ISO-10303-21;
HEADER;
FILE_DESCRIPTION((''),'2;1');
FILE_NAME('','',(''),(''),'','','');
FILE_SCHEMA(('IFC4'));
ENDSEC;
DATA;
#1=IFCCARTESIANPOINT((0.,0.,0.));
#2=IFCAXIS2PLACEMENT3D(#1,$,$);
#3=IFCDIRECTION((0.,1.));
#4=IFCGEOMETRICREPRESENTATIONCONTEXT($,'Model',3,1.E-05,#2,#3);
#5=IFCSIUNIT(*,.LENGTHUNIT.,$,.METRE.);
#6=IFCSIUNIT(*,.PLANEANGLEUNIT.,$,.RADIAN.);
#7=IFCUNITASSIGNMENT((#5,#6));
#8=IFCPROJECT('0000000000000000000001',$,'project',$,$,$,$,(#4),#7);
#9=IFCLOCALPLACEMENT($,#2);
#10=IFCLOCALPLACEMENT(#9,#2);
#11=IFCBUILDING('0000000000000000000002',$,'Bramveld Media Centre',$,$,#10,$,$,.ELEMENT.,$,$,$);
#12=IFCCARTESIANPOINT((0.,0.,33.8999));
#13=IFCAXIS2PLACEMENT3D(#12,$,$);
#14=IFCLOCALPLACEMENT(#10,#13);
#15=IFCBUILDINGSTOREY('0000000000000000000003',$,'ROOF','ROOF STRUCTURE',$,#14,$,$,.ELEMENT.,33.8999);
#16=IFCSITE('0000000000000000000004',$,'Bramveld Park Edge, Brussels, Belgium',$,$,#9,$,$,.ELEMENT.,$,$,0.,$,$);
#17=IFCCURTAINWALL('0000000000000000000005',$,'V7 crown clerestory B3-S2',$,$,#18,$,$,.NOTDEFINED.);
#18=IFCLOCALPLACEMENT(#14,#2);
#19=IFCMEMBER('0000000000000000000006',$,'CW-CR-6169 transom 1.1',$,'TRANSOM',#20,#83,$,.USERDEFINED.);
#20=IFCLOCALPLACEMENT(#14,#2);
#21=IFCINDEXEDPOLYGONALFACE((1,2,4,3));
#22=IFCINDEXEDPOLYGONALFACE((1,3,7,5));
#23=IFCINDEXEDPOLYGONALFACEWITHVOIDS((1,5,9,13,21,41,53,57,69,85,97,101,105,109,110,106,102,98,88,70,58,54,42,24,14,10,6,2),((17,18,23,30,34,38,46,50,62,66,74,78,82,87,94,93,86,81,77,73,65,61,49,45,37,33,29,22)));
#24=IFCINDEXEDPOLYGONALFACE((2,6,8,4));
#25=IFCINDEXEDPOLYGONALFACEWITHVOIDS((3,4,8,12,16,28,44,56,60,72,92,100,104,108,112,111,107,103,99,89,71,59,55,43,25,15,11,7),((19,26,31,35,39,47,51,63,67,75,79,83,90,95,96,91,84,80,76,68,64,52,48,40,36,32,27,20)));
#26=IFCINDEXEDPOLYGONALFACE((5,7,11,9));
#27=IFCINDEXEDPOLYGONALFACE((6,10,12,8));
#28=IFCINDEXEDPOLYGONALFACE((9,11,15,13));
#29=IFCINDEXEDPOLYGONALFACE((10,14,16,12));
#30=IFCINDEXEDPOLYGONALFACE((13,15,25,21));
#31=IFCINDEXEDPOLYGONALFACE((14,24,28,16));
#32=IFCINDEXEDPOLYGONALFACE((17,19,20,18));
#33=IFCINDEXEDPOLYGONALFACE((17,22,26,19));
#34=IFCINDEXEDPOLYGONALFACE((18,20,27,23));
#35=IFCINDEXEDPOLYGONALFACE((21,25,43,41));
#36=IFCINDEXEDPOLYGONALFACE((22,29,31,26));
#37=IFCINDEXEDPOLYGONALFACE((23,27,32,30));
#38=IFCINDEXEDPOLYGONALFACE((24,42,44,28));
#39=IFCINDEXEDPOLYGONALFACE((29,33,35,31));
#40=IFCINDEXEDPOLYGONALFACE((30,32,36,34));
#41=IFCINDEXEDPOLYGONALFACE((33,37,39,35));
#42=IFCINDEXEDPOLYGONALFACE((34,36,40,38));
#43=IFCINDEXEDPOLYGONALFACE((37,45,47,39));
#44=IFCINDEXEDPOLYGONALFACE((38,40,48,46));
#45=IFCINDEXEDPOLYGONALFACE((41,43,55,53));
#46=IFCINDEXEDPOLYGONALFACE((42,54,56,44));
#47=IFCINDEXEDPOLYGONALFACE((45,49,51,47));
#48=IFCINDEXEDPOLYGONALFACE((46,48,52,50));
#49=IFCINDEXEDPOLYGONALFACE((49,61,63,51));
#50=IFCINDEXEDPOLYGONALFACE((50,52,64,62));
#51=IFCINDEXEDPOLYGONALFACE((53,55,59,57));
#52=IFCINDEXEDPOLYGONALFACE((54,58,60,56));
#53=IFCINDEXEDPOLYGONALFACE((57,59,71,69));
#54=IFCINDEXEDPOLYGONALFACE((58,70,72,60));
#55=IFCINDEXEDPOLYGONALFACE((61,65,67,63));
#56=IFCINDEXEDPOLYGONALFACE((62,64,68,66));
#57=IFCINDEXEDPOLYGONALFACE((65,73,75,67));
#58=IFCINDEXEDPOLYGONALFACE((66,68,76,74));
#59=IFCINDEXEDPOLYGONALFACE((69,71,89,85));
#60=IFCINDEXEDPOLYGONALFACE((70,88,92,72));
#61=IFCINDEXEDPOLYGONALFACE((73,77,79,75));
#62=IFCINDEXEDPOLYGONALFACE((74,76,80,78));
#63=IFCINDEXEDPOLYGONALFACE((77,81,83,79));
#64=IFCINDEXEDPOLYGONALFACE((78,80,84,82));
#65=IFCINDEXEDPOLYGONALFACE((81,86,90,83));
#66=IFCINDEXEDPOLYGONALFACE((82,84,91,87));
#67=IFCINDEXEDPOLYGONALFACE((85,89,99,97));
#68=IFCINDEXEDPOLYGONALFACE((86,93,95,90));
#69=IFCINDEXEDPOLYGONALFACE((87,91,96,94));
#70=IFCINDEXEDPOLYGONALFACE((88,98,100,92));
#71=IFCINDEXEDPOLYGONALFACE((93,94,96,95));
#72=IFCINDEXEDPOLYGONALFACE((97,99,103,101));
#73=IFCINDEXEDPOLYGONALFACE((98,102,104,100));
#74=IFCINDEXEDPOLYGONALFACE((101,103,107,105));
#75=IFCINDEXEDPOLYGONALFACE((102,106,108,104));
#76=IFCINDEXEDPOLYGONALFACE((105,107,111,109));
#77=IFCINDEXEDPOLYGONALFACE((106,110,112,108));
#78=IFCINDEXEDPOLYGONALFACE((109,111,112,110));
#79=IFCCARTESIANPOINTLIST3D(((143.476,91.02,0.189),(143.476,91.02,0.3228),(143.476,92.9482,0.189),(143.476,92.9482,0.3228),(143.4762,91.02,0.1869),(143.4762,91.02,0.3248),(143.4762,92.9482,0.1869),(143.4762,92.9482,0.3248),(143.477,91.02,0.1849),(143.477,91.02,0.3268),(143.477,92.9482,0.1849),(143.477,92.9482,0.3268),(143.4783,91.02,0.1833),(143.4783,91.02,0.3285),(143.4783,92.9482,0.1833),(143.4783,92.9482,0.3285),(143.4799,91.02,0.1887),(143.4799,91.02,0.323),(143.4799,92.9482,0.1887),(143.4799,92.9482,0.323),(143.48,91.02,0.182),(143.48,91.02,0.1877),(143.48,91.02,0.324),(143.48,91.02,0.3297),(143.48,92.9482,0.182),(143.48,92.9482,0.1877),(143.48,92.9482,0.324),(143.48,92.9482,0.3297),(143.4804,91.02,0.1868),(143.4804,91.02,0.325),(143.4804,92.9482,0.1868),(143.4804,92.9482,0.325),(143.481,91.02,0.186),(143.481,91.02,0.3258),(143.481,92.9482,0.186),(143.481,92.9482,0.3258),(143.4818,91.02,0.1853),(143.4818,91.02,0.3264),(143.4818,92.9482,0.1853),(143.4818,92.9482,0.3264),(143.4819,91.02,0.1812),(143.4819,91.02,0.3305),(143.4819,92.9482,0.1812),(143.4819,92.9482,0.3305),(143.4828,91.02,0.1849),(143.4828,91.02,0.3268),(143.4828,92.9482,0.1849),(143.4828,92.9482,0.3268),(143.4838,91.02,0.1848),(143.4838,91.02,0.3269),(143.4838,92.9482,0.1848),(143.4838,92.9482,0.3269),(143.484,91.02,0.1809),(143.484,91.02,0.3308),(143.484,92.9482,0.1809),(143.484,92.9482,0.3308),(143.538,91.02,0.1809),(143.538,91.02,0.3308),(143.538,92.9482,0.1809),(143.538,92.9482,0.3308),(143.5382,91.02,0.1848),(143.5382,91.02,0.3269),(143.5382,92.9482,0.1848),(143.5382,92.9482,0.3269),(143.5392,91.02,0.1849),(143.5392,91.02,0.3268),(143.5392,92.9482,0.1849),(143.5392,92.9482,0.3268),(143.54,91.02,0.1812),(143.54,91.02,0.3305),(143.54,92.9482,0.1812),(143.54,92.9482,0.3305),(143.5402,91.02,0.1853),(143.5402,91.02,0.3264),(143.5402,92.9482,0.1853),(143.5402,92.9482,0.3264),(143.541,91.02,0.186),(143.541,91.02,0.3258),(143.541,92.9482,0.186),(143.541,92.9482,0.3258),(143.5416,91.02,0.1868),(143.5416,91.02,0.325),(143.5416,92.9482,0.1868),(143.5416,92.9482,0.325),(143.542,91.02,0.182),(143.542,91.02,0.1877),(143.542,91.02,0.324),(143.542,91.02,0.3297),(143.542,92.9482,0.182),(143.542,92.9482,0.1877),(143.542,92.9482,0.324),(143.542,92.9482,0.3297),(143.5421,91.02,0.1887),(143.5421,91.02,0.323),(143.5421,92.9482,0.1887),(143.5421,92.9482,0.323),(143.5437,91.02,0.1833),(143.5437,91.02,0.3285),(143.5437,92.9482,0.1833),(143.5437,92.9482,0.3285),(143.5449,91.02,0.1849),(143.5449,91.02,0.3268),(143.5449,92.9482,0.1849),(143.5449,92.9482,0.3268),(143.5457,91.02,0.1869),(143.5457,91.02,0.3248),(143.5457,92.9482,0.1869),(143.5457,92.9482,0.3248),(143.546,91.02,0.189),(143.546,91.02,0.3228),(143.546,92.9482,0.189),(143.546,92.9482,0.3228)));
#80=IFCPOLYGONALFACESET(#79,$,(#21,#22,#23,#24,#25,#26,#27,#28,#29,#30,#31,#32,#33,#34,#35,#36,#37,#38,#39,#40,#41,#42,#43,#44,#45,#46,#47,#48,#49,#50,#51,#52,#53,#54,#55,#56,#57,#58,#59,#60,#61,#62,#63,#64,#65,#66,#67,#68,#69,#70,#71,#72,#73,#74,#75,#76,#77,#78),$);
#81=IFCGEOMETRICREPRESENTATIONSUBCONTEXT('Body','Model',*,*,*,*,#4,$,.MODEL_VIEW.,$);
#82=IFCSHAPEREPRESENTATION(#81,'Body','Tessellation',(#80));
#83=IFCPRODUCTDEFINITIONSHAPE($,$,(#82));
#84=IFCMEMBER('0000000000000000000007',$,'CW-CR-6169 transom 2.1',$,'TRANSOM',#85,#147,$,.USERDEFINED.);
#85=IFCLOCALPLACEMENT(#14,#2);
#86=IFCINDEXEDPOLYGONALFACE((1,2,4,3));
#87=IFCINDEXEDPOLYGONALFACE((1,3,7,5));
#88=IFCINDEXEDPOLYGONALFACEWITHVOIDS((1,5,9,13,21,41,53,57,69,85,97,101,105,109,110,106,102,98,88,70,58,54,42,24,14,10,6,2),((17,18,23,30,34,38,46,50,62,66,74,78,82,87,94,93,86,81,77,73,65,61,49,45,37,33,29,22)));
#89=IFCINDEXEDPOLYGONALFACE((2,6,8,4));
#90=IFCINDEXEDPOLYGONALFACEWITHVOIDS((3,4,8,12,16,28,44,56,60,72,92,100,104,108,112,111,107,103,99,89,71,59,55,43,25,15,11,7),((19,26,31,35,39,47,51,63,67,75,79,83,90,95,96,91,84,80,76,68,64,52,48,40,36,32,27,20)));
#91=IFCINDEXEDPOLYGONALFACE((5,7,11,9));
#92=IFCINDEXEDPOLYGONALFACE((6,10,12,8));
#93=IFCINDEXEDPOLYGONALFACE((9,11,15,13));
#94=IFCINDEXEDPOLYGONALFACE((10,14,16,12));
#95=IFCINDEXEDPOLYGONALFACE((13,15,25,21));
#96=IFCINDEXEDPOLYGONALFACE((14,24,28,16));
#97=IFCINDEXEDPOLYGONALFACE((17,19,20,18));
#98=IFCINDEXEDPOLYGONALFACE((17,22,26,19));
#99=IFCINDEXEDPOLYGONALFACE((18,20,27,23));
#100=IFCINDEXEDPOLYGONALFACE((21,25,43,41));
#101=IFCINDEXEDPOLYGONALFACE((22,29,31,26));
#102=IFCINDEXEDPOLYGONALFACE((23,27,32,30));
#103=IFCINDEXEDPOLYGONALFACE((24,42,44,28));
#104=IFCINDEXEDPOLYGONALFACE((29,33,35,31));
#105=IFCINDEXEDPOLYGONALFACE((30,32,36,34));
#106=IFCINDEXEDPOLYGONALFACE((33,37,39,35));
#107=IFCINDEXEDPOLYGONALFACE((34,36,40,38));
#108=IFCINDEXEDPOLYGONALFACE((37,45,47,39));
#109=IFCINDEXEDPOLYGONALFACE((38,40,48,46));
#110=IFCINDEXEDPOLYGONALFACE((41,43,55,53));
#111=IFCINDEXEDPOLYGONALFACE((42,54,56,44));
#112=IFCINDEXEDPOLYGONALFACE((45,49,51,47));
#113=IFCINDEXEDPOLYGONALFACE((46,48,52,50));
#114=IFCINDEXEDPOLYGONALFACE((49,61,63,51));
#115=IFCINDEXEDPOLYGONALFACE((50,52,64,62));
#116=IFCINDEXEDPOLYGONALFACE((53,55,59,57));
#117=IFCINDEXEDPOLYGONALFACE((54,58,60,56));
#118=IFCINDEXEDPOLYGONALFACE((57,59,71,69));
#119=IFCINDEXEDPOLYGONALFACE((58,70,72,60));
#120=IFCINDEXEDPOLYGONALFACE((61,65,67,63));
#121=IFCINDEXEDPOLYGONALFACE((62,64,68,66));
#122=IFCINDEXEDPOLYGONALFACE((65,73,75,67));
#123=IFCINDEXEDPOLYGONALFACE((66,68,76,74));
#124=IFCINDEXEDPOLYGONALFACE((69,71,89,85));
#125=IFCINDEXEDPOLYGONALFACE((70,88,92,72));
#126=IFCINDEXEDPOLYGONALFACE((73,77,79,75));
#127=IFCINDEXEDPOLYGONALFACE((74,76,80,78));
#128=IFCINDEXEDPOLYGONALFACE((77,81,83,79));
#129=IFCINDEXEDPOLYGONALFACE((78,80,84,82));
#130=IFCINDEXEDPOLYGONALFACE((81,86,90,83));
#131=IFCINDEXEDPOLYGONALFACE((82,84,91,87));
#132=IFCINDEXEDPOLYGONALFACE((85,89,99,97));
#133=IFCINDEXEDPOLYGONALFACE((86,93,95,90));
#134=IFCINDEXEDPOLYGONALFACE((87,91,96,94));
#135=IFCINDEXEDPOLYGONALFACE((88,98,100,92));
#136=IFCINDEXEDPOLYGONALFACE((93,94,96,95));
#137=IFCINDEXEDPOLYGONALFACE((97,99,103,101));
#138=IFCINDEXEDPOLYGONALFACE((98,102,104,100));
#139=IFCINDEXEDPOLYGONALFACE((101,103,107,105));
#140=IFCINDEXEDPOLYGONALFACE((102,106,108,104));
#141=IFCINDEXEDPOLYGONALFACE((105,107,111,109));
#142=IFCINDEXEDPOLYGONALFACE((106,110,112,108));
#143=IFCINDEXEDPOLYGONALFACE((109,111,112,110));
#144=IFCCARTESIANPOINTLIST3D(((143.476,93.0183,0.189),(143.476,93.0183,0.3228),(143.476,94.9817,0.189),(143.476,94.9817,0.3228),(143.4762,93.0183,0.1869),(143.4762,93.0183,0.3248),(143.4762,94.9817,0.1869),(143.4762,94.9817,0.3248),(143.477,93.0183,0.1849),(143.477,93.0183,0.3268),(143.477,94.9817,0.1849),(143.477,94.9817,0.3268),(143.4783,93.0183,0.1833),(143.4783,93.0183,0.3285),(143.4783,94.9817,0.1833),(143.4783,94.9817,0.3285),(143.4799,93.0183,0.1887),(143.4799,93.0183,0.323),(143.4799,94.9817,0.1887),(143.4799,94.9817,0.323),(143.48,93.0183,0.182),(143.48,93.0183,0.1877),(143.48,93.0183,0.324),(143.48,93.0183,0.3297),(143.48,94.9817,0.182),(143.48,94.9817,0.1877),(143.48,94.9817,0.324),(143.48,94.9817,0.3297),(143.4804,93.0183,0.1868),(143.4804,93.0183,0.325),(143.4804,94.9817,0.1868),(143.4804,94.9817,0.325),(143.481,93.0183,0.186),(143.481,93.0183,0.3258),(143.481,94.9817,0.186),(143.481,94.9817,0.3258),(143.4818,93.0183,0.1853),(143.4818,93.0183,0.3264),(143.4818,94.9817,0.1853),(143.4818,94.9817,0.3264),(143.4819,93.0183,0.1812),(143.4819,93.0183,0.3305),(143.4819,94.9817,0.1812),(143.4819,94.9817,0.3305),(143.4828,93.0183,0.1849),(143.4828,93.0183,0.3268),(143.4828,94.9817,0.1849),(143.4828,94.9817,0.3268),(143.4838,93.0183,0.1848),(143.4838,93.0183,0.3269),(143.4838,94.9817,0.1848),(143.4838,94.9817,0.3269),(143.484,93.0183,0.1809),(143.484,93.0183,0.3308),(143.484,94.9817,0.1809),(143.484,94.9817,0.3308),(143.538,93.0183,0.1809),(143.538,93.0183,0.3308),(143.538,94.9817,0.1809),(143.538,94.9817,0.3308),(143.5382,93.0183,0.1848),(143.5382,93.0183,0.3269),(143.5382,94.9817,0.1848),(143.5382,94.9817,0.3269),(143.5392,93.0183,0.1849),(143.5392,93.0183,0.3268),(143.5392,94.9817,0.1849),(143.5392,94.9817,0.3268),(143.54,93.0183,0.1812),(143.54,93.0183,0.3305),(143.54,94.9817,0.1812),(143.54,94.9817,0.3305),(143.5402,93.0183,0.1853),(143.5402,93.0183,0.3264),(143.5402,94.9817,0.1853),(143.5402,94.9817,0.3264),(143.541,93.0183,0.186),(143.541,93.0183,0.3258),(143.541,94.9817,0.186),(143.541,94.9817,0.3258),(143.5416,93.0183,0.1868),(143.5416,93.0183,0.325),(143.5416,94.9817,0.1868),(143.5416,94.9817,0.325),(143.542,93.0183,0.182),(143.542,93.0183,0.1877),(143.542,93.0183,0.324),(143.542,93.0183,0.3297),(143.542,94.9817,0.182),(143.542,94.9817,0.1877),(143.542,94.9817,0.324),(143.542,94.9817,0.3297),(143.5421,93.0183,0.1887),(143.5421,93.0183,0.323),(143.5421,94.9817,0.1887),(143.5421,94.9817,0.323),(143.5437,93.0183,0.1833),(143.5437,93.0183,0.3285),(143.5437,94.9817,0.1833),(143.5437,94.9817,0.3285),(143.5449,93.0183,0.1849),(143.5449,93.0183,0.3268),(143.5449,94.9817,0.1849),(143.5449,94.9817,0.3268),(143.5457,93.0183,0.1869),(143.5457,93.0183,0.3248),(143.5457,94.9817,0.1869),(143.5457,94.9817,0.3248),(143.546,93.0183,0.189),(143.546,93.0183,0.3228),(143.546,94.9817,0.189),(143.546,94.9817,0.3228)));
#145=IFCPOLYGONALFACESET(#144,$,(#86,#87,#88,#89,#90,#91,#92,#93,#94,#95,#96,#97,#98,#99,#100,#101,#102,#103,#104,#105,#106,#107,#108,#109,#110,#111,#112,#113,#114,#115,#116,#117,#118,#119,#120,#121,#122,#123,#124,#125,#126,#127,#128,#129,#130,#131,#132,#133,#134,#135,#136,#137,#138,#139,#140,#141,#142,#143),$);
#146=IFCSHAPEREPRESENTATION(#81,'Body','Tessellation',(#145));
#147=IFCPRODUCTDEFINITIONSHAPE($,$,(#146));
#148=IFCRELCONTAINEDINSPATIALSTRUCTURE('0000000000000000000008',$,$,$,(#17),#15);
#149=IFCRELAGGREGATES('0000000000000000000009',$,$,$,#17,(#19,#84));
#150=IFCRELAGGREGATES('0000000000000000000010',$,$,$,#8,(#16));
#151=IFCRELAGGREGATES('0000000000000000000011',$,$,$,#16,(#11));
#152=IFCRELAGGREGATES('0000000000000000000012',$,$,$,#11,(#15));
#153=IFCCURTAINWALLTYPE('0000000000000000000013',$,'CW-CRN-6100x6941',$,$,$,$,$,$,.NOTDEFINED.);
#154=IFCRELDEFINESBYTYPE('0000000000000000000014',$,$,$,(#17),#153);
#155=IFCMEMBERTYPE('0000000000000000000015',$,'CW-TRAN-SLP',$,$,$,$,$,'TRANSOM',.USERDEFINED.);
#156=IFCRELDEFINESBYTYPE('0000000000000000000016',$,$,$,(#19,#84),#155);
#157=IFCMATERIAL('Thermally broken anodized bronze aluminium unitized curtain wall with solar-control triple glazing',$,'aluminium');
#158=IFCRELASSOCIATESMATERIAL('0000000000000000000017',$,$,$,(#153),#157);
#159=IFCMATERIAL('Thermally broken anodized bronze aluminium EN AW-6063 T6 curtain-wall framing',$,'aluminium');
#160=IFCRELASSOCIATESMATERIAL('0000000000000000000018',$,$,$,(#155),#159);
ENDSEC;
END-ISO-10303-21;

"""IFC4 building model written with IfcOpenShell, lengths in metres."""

from ifc_helpers import new_model, si_unit, direction, frame, origin, origin_2d, place, context, subcontext, project, spatial, hollow_rectangle, extrude, material, material_profile, profile_set, type_object, element, aggregate, save


model = new_model("IFC4")

# Units and contexts
model_context = context("Model", 3, precision=1e-05, world=origin(), true_north=direction((0.0, 1.0)))
body_context = subcontext(model_context, "Body", "Model", "MODEL_VIEW")
ifc_project = project(units=[si_unit("LENGTHUNIT", "METRE"), si_unit("PLANEANGLEUNIT", "RADIAN")], contexts=[model_context])

# Site, building, storey
site_placement = place(None, origin())
site = spatial("IfcSite", under=ifc_project, at=site_placement, Name="Bramveld Park Edge, Brussels, Belgium", CompositionType="ELEMENT", RefElevation=0.0)
building_placement = place(site_placement, origin())
building = spatial("IfcBuilding", under=site, at=building_placement, Name="Bramveld Media Centre", CompositionType="ELEMENT")
storey_placement = place(building_placement, frame((0.0, 0.0, 33.8999)))
storey = spatial("IfcBuildingStorey", under=building, at=storey_placement, Name="ROOF", Description="ROOF STRUCTURE", CompositionType="ELEMENT", Elevation=33.8999)

# Curtain wall
ifc_material_1 = material(Name="Thermally broken anodized bronze aluminium unitized curtain wall with solar-control triple glazing", Category="aluminium")
curtain_wall_type = type_object("IfcCurtainWallType", Name="CW-CRN-6100x6941", PredefinedType="NOTDEFINED", material=ifc_material_1)
curtain_wall_1_placement = place(storey_placement, origin())
curtain_wall_1 = element("IfcCurtainWall", 1, at=curtain_wall_1_placement, inside=storey, type_object=curtain_wall_type, Name="V7 crown clerestory B3-S2", PredefinedType="NOTDEFINED")

# Members
ifc_material_2 = material(Name="Thermally broken anodized bronze aluminium EN AW-6063 T6 curtain-wall framing", Category="aluminium")
ifc_material_profile_1 = material_profile(ifc_material_2, hollow_rectangle(XDim=0.0701, YDim=0.1499, WallThickness=0.0039, InnerFilletRadius=0.0039, OuterFilletRadius=0.0081, at=origin_2d()), Name="AL-TRAN 70x150")
ifc_profile_set_1 = profile_set([ifc_material_profile_1], Name="Thermally broken anodized bronze aluminium EN AW-6063 T6 curtain-wall framing")
member_type_1 = type_object("IfcMemberType", Name="CW-TRAN-SLP", ElementType="TRANSOM", PredefinedType="USERDEFINED", material=ifc_profile_set_1)
member_1_placement = place(storey_placement, frame((143.511, 91.02, 0.2559), z_axis=(0.0, 1.0, 0.0), x_axis=(-1.0, 0.0, 0.0)))
member_1 = element("IfcMember", 2, at=member_1_placement, type_object=member_type_1, Name="CW-CR-6169 transom 1.1", ObjectType="TRANSOM", PredefinedType="USERDEFINED", context=body_context, shape_type="SweptSolid", body=[
    extrude(hollow_rectangle(XDim=0.0701, YDim=0.1499, WallThickness=0.0039, InnerFilletRadius=0.0039, OuterFilletRadius=0.0081, at=origin_2d()), origin(), (0.0, 0.0, 1.0), 1.9282),
])
member_2_placement = place(storey_placement, frame((143.511, 93.0183, 0.2559), z_axis=(0.0, 1.0, 0.0), x_axis=(-1.0, 0.0, 0.0)))
member_2 = element("IfcMember", 3, at=member_2_placement, type_object=member_type_1, Name="CW-CR-6169 transom 2.1", ObjectType="TRANSOM", PredefinedType="USERDEFINED", context=body_context, shape_type="SweptSolid", body=[
    extrude(hollow_rectangle(XDim=0.0701, YDim=0.1499, WallThickness=0.0039, InnerFilletRadius=0.0039, OuterFilletRadius=0.0081, at=origin_2d()), origin(), (0.0, 0.0, 1.0), 1.9634),
])

aggregate(curtain_wall_1, [member_1, member_2])

save(model, "model.ifc")
